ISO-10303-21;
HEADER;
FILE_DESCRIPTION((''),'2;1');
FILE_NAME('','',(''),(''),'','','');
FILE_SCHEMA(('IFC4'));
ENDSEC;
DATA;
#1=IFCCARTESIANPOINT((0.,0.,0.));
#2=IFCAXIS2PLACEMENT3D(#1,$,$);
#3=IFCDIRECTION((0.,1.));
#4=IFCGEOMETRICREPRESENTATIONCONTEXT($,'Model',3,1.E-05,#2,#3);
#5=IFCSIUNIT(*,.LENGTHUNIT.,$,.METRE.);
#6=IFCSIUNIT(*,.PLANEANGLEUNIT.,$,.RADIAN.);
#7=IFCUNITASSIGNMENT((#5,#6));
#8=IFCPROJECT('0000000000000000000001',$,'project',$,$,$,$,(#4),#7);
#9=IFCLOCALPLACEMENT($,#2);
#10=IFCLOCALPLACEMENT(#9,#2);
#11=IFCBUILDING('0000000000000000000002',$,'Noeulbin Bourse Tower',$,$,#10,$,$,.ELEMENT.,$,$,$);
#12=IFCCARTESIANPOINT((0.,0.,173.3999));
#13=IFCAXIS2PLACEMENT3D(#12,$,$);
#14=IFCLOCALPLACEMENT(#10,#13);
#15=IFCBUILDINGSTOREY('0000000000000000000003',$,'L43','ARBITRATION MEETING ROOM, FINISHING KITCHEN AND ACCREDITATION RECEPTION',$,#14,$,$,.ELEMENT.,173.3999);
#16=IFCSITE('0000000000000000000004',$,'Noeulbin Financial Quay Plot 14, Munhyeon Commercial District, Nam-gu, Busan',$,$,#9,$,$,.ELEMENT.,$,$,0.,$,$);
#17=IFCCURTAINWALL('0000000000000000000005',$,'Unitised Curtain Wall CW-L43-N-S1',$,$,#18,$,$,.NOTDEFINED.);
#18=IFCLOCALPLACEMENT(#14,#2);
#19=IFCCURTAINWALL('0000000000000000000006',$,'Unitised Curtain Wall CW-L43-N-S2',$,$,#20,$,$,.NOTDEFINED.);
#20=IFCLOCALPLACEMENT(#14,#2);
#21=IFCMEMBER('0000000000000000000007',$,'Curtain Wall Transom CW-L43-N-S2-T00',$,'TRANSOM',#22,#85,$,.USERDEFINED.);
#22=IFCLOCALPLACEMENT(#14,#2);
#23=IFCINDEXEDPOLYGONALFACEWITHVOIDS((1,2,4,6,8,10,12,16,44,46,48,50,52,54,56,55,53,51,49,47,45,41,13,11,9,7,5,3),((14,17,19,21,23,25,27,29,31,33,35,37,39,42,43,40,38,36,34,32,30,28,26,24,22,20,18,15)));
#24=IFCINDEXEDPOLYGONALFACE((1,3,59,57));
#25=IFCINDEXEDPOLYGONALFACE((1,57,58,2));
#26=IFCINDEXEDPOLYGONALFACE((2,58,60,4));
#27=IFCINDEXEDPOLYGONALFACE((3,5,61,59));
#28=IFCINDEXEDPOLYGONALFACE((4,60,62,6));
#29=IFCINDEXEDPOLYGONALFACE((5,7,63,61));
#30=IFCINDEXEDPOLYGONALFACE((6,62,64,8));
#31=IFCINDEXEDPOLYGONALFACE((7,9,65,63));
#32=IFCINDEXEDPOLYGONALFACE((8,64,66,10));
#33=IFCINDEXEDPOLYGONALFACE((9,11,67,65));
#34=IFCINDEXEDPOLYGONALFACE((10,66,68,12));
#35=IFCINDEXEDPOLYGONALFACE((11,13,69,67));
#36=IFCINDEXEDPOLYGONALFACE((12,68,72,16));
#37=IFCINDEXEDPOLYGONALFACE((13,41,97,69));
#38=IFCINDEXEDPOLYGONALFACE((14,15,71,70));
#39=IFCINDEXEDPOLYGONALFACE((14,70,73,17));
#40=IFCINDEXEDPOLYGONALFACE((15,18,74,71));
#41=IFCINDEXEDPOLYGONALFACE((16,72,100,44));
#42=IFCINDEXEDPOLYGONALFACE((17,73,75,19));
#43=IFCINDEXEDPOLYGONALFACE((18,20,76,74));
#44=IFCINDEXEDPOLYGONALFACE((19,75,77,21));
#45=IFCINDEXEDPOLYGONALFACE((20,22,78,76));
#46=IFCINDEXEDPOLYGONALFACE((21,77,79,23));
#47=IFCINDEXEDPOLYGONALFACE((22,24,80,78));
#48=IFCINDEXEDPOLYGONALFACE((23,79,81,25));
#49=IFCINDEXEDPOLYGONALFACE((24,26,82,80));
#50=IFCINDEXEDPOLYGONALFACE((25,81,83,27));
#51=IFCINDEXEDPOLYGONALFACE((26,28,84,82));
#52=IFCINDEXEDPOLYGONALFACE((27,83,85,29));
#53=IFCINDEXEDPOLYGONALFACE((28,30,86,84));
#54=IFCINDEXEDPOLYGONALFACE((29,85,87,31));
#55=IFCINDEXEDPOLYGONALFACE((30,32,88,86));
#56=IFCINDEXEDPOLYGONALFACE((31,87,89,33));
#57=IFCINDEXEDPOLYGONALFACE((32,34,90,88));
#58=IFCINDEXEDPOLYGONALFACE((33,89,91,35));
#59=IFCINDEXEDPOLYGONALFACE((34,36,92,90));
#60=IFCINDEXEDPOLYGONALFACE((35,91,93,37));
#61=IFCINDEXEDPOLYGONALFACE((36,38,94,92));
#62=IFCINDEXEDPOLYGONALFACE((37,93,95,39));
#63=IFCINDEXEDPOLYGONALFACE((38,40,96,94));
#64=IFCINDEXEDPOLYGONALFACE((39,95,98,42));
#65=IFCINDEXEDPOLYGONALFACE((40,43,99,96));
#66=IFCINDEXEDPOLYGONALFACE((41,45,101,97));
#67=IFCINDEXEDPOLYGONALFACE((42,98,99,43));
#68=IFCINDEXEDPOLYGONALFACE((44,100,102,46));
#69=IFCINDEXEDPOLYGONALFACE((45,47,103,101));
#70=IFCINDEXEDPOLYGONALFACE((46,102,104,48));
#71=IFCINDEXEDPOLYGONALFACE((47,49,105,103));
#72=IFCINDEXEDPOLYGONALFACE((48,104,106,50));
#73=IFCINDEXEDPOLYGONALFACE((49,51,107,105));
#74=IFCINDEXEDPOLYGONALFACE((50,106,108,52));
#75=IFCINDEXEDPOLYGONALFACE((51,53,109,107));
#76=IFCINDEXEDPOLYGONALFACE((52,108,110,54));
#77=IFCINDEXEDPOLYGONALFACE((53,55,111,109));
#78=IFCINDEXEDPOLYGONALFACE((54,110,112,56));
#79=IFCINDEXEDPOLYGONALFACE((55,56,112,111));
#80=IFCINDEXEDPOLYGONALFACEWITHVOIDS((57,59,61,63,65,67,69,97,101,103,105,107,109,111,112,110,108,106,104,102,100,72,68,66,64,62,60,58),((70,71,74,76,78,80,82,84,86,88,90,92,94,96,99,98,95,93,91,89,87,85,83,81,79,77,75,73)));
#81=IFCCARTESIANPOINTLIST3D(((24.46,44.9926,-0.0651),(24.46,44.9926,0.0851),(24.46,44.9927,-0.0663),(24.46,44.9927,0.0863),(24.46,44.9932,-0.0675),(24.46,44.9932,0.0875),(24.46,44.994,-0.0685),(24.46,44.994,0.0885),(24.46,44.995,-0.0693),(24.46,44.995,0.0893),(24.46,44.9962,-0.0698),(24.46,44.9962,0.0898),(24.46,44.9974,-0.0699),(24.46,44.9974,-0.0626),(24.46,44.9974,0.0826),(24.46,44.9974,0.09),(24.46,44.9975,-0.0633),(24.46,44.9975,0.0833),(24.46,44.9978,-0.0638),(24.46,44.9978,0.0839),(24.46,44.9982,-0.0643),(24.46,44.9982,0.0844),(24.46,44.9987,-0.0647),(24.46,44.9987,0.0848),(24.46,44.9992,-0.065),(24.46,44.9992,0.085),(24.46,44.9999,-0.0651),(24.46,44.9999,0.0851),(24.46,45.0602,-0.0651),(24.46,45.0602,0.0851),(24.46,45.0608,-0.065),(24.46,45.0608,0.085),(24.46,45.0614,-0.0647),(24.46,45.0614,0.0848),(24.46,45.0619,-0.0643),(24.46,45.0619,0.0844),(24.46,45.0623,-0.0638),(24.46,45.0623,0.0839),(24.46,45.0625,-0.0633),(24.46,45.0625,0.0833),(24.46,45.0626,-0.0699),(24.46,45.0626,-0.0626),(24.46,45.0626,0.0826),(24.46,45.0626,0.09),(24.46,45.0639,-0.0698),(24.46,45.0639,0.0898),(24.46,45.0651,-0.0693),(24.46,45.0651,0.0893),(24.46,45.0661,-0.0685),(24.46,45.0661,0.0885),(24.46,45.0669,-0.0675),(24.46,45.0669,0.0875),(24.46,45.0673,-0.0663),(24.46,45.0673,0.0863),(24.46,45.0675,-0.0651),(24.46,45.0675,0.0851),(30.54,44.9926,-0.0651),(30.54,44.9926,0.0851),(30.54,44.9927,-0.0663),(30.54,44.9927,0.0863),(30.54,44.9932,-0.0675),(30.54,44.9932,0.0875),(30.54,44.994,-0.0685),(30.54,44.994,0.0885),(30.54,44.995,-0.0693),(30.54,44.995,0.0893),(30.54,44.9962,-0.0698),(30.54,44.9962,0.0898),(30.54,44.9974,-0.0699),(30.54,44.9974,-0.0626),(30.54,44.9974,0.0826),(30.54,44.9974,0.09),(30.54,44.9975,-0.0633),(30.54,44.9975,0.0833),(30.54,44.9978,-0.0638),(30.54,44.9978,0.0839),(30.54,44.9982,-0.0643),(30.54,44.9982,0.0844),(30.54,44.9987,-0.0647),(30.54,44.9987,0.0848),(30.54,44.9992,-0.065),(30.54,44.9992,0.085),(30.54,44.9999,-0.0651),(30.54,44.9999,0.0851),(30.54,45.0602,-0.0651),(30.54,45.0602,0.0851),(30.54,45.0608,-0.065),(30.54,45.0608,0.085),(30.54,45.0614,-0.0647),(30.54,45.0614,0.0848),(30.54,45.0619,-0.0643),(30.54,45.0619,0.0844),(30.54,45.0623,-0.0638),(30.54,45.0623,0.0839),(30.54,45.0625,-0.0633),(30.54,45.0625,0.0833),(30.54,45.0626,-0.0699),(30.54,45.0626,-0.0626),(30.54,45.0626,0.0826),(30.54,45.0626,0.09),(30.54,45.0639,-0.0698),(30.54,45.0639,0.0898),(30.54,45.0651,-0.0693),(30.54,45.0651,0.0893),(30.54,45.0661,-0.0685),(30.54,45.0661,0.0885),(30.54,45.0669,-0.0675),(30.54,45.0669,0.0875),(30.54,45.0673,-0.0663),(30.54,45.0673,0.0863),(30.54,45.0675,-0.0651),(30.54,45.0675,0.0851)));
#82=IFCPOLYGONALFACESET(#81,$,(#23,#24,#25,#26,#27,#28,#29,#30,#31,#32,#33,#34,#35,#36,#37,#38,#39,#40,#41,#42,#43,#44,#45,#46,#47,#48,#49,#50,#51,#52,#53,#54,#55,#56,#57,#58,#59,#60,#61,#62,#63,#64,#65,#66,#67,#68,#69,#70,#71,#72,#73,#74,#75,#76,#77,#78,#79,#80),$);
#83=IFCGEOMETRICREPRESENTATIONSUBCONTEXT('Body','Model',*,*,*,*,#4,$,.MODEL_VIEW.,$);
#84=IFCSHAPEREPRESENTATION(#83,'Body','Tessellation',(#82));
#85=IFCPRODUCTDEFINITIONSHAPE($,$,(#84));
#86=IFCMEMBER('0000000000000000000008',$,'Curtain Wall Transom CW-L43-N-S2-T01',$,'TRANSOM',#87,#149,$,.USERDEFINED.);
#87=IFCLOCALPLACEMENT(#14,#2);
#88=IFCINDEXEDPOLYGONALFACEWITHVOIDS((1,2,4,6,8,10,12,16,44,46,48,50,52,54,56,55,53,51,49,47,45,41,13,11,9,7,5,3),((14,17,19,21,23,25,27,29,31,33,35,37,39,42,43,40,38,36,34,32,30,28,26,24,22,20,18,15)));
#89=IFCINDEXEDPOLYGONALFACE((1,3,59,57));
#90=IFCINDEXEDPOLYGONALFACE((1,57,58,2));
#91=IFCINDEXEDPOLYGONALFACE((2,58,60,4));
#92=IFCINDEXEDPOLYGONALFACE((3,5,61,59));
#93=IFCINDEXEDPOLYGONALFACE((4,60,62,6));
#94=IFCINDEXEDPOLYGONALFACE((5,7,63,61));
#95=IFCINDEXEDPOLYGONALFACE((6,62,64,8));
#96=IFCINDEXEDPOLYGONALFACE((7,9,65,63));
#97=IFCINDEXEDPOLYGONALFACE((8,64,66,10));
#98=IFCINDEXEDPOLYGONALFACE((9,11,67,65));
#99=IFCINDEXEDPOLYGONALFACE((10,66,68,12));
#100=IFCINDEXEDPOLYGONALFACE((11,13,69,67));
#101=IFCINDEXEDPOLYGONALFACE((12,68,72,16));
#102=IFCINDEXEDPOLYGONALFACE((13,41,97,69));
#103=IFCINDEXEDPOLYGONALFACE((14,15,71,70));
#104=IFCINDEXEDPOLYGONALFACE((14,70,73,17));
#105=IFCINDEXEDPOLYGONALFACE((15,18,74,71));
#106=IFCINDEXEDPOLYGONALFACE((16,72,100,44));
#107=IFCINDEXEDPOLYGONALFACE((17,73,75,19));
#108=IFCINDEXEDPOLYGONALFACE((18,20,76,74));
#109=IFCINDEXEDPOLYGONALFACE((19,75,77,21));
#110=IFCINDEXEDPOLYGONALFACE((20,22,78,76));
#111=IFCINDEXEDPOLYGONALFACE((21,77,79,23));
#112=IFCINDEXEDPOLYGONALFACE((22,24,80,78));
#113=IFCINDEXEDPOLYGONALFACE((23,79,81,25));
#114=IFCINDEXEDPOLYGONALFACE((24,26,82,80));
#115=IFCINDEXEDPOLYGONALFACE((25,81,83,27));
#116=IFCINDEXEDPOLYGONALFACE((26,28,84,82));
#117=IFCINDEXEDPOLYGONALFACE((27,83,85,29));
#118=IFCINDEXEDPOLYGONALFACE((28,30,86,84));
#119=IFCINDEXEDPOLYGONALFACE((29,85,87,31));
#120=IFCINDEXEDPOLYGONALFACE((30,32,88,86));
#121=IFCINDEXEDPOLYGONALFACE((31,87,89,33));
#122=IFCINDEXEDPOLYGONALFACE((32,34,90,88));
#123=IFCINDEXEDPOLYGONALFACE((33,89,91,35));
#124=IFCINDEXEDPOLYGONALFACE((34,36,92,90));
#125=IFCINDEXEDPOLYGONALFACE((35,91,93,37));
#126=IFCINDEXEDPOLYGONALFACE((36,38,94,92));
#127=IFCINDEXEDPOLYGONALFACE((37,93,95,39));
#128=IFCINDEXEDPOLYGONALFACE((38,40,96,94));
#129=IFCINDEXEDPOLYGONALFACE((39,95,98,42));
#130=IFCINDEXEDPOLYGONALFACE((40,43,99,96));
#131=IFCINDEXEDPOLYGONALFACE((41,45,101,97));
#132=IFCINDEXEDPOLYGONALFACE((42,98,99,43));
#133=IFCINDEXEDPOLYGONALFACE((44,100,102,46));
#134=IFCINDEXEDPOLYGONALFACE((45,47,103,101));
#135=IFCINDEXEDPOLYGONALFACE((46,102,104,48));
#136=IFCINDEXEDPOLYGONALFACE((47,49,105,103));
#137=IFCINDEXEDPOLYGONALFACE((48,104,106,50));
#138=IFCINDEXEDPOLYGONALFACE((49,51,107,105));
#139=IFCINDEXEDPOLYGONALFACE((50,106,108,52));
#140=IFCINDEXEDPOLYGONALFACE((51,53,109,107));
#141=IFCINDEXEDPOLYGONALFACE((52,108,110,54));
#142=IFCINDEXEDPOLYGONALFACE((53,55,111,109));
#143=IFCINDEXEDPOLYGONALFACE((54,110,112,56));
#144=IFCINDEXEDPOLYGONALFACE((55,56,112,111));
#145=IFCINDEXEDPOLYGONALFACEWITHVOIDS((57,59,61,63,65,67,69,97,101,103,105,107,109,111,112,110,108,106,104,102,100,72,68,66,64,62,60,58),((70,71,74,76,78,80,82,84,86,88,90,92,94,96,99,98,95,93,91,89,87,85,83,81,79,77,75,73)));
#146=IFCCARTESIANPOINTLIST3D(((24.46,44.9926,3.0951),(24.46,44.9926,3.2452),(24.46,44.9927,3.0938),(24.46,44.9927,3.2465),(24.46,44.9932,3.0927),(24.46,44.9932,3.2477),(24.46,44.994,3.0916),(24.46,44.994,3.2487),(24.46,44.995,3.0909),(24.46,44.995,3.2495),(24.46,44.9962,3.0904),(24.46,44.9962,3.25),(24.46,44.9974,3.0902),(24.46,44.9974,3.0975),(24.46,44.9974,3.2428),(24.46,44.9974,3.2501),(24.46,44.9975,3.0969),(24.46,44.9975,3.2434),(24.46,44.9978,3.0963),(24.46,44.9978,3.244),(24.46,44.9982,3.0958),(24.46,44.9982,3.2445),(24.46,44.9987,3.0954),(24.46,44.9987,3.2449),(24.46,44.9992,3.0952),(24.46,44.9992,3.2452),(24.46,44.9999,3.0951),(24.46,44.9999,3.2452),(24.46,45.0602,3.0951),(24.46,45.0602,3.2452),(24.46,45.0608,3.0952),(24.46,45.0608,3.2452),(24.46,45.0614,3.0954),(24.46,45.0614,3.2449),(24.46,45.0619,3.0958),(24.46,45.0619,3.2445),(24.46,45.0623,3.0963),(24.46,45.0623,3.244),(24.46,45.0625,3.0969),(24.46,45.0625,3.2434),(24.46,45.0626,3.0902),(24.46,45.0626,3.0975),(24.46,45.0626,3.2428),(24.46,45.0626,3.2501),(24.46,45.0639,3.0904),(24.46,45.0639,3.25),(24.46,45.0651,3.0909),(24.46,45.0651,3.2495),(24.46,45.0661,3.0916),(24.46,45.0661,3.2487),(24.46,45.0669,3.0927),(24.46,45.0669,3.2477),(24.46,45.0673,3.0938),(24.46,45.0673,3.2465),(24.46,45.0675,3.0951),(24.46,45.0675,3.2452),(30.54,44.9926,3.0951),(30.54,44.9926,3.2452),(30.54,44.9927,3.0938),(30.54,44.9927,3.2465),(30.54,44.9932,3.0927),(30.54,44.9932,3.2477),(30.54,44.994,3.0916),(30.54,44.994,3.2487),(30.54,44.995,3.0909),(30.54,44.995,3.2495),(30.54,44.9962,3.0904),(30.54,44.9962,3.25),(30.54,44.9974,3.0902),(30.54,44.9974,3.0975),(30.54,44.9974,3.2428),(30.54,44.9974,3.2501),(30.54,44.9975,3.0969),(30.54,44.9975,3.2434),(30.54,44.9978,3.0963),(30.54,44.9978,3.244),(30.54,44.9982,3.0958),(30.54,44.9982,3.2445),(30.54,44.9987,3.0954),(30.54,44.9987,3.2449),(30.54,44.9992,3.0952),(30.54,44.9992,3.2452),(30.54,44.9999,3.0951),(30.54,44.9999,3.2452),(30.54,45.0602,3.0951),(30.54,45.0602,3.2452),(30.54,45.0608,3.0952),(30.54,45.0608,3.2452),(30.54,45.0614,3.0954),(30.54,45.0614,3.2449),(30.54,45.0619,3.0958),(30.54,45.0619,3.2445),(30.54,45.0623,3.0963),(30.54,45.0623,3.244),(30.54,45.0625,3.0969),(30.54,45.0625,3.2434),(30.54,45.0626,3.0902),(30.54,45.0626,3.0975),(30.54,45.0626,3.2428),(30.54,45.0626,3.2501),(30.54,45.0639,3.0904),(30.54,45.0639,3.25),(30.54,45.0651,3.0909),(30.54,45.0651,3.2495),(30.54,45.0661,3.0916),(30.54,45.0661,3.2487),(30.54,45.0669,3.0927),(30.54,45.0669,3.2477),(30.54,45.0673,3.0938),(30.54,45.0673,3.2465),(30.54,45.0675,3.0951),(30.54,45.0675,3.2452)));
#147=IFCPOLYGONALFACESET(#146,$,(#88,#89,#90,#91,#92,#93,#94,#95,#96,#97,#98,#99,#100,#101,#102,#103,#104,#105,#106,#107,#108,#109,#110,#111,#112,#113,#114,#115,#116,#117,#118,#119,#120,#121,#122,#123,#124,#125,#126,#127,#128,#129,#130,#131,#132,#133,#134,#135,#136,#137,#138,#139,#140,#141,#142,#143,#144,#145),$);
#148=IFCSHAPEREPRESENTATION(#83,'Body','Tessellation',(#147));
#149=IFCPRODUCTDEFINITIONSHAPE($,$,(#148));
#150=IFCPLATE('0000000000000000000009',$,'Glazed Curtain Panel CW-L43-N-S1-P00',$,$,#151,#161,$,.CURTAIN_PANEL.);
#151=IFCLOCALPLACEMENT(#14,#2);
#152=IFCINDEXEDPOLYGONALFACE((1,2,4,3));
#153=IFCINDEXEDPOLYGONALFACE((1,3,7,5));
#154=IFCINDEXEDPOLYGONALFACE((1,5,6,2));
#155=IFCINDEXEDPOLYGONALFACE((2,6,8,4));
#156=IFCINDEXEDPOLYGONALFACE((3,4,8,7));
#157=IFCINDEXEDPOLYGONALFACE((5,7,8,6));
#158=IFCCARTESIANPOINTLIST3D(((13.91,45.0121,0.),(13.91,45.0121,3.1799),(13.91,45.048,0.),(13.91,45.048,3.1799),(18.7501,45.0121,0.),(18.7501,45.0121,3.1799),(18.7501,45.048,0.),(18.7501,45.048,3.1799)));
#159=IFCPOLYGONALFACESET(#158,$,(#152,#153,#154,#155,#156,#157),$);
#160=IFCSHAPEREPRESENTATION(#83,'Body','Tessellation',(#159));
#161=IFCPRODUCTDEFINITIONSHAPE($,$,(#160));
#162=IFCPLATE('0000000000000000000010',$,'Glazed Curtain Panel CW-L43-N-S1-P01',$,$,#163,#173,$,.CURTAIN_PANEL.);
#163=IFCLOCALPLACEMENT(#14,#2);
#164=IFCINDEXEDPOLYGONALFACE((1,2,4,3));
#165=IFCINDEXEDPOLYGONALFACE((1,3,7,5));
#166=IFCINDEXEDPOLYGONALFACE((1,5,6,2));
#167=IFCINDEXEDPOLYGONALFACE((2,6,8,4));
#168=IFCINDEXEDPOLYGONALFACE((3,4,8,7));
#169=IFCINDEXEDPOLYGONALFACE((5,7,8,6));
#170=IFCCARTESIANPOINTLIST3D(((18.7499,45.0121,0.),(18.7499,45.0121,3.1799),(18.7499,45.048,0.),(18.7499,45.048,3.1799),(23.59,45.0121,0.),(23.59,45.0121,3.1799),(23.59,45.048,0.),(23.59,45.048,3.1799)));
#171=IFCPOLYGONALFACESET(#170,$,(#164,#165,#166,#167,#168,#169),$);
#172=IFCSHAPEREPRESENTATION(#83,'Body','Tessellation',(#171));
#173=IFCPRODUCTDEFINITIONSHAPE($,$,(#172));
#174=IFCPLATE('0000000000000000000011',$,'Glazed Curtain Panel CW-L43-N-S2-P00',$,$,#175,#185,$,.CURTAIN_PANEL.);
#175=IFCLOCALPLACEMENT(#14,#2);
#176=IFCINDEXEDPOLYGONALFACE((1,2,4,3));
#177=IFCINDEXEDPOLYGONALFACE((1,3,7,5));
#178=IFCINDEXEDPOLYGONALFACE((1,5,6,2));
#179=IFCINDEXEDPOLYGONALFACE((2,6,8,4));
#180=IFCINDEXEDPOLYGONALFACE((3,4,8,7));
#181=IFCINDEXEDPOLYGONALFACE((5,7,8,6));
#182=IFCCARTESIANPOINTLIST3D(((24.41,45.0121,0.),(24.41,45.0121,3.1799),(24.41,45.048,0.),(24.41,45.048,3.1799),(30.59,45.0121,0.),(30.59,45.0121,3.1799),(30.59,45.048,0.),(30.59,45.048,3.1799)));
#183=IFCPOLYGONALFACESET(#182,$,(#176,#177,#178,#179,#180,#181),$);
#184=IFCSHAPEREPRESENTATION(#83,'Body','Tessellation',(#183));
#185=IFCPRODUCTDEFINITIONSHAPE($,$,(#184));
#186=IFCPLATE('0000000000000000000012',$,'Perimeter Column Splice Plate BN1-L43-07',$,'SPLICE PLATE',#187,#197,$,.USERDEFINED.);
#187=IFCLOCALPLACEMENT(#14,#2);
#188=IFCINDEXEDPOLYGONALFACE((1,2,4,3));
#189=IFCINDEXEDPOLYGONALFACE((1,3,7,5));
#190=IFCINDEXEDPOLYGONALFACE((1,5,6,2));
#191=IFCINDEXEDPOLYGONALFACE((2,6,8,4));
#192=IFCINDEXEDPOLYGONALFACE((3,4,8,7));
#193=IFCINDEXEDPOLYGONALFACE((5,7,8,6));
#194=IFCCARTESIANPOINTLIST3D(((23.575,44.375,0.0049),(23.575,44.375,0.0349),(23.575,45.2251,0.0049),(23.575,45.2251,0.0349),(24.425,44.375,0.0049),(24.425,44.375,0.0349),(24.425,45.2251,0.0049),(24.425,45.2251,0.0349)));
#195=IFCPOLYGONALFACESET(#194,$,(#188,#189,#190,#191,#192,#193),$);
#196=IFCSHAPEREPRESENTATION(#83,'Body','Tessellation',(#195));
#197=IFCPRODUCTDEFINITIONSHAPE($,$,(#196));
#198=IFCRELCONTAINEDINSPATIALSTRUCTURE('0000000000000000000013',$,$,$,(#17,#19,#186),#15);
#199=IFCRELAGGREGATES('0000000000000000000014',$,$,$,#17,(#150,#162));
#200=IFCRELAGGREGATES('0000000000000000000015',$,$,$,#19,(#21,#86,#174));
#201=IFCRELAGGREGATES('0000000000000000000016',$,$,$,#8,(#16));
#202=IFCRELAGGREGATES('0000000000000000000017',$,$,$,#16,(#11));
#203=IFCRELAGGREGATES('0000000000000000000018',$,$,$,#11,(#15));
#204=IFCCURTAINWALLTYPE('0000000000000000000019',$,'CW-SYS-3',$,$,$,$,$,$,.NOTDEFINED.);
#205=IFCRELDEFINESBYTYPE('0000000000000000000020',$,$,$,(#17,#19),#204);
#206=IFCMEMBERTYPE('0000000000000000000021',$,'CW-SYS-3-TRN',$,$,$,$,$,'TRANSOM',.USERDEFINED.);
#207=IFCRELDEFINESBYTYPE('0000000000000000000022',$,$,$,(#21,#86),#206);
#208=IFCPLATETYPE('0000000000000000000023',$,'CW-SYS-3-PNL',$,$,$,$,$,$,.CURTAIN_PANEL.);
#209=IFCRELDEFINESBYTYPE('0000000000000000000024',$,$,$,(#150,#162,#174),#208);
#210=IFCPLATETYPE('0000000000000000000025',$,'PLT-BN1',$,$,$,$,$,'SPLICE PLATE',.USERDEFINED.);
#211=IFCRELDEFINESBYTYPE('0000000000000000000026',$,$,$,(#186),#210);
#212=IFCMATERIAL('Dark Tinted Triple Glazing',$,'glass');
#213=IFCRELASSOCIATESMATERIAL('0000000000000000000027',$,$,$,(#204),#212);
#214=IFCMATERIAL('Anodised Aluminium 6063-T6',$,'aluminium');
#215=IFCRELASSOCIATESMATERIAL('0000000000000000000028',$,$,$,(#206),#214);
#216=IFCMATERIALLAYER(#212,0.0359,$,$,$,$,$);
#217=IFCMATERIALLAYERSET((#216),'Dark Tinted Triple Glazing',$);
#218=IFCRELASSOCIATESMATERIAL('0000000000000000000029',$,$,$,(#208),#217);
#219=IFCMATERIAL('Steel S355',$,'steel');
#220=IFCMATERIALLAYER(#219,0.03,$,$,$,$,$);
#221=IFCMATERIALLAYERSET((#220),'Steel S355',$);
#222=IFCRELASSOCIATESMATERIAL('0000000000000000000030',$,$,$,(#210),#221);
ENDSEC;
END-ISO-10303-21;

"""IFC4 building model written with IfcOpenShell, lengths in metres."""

from ifc_helpers import new_model, si_unit, direction, frame, origin, origin_2d, place, context, subcontext, project, spatial, rectangle, hollow_rectangle, extrude, material, layer, layer_set, material_profile, profile_set, type_object, element, aggregate, save


model = new_model("IFC4")

# Units and contexts
model_context = context("Model", 3, precision=1e-05, world=origin(), true_north=direction((0.0, 1.0)))
body_context = subcontext(model_context, "Body", "Model", "MODEL_VIEW")
ifc_project = project(units=[si_unit("LENGTHUNIT", "METRE"), si_unit("PLANEANGLEUNIT", "RADIAN")], contexts=[model_context])

# Site, building, storey
site_placement = place(None, origin())
site = spatial("IfcSite", under=ifc_project, at=site_placement, Name="Noeulbin Financial Quay Plot 14, Munhyeon Commercial District, Nam-gu, Busan", CompositionType="ELEMENT", RefElevation=0.0)
building_placement = place(site_placement, origin())
building = spatial("IfcBuilding", under=site, at=building_placement, Name="Noeulbin Bourse Tower", CompositionType="ELEMENT")
storey_placement = place(building_placement, frame((0.0, 0.0, 173.3999)))
storey = spatial("IfcBuildingStorey", under=building, at=storey_placement, Name="L43", Description="ARBITRATION MEETING ROOM, FINISHING KITCHEN AND ACCREDITATION RECEPTION", CompositionType="ELEMENT", Elevation=173.3999)

# Shared definitions
ifc_material_1 = material(Name="Steel S355", Category="steel")

# Curtain walls, members
ifc_material_2 = material(Name="Dark Tinted Triple Glazing", Category="glass")
curtain_wall_type = type_object("IfcCurtainWallType", Name="CW-SYS-3", PredefinedType="NOTDEFINED", material=ifc_material_2)
curtain_wall_1_placement = place(storey_placement, origin())
curtain_wall_1 = element("IfcCurtainWall", 1, at=curtain_wall_1_placement, inside=storey, type_object=curtain_wall_type, Name="Unitised Curtain Wall CW-L43-N-S1", PredefinedType="NOTDEFINED")
ifc_material_3 = material(Name="Anodised Aluminium 6063-T6", Category="aluminium")
curtain_wall_2_placement = place(storey_placement, origin())
curtain_wall_2 = element("IfcCurtainWall", 2, at=curtain_wall_2_placement, inside=storey, type_object=curtain_wall_type, Name="Unitised Curtain Wall CW-L43-N-S2", PredefinedType="NOTDEFINED")
ifc_material_profile_1 = material_profile(ifc_material_3, hollow_rectangle(XDim=0.075, YDim=0.1599, WallThickness=0.0049, InnerFilletRadius=0.0024, OuterFilletRadius=0.0049, at=origin_2d()), Name="ALU-TRAN-75x160x5", Category="LoadBearing")
ifc_profile_set_1 = profile_set([ifc_material_profile_1], Name="Anodised Aluminium 6063-T6")
member_type_1 = type_object("IfcMemberType", Name="CW-SYS-3-TRN", ElementType="TRANSOM", PredefinedType="USERDEFINED", material=ifc_profile_set_1)
member_1_placement = place(storey_placement, frame((24.46, 45.03, 0.01), z_axis=(1.0, 0.0, 0.0), x_axis=(0.0, 1.0, 0.0)))
member_1 = element("IfcMember", 3, at=member_1_placement, type_object=member_type_1, Name="Curtain Wall Transom CW-L43-N-S2-T00", ObjectType="TRANSOM", PredefinedType="USERDEFINED", context=body_context, shape_type="SweptSolid", body=[
    extrude(hollow_rectangle(XDim=0.075, YDim=0.1599, WallThickness=0.0049, InnerFilletRadius=0.0024, OuterFilletRadius=0.0049, at=origin_2d()), origin(), (0.0, 0.0, 1.0), 6.0801),
])
member_2_placement = place(storey_placement, frame((24.46, 45.03, 3.1702), z_axis=(1.0, 0.0, 0.0), x_axis=(0.0, 1.0, 0.0)))
member_2 = element("IfcMember", 4, at=member_2_placement, type_object=member_type_1, Name="Curtain Wall Transom CW-L43-N-S2-T01", ObjectType="TRANSOM", PredefinedType="USERDEFINED", context=body_context, shape_type="SweptSolid", body=[
    extrude(hollow_rectangle(XDim=0.075, YDim=0.1599, WallThickness=0.0049, InnerFilletRadius=0.0024, OuterFilletRadius=0.0049, at=origin_2d()), origin(), (0.0, 0.0, 1.0), 6.0801),
])

# Plates
ifc_layer_1 = layer(ifc_material_2, 0.0359)
ifc_layer_set_1 = layer_set([ifc_layer_1], Name="Dark Tinted Triple Glazing")
plate_type_1 = type_object("IfcPlateType", Name="CW-SYS-3-PNL", PredefinedType="CURTAIN_PANEL", material=ifc_layer_set_1)
plate_1_placement = place(storey_placement, frame((16.3301, 45.03, 0.0), z_axis=(0.0, 0.0, 1.0), x_axis=(1.0, 0.0, 0.0)))
plate_1 = element("IfcPlate", 5, at=plate_1_placement, type_object=plate_type_1, Name="Glazed Curtain Panel CW-L43-N-S1-P00", PredefinedType="CURTAIN_PANEL", context=body_context, shape_type="SweptSolid", body=[
    extrude(rectangle(XDim=4.8401, YDim=0.0359, at=origin_2d()), origin(), (0.0, 0.0, 1.0), 3.1799),
])
plate_2_placement = place(storey_placement, frame((21.1699, 45.03, 0.0), z_axis=(0.0, 0.0, 1.0), x_axis=(1.0, 0.0, 0.0)))
plate_2 = element("IfcPlate", 6, at=plate_2_placement, type_object=plate_type_1, Name="Glazed Curtain Panel CW-L43-N-S1-P01", PredefinedType="CURTAIN_PANEL", context=body_context, shape_type="SweptSolid", body=[
    extrude(rectangle(XDim=4.8401, YDim=0.0359, at=origin_2d()), origin(), (0.0, 0.0, 1.0), 3.1799),
])
aggregate(curtain_wall_1, [plate_1, plate_2])
plate_3_placement = place(storey_placement, frame((27.5, 45.03, 0.0), z_axis=(0.0, 0.0, 1.0), x_axis=(1.0, 0.0, 0.0)))
plate_3 = element("IfcPlate", 7, at=plate_3_placement, type_object=plate_type_1, Name="Glazed Curtain Panel CW-L43-N-S2-P00", PredefinedType="CURTAIN_PANEL", context=body_context, shape_type="SweptSolid", body=[
    extrude(rectangle(XDim=6.1799, YDim=0.0359, at=origin_2d()), origin(), (0.0, 0.0, 1.0), 3.1799),
])
aggregate(curtain_wall_2, [member_1, member_2, plate_3])
ifc_layer_2 = layer(ifc_material_1, 0.03)
ifc_layer_set_2 = layer_set([ifc_layer_2], Name="Steel S355")
plate_type_2 = type_object("IfcPlateType", Name="PLT-BN1", ElementType="SPLICE PLATE", PredefinedType="USERDEFINED", material=ifc_layer_set_2)
plate_4_placement = place(storey_placement, frame((24.0, 44.8, 0.0049), z_axis=(0.0, 0.0, 1.0), x_axis=(1.0, 0.0, 0.0)))
element("IfcPlate", 8, at=plate_4_placement, inside=storey, type_object=plate_type_2, Name="Perimeter Column Splice Plate BN1-L43-07", ObjectType="SPLICE PLATE", PredefinedType="USERDEFINED", context=body_context, shape_type="SweptSolid", body=[
    extrude(rectangle(XDim=0.8501, YDim=0.8501, at=origin_2d()), origin(), (0.0, 0.0, 1.0), 0.03),
])

save(model, "model.ifc")
